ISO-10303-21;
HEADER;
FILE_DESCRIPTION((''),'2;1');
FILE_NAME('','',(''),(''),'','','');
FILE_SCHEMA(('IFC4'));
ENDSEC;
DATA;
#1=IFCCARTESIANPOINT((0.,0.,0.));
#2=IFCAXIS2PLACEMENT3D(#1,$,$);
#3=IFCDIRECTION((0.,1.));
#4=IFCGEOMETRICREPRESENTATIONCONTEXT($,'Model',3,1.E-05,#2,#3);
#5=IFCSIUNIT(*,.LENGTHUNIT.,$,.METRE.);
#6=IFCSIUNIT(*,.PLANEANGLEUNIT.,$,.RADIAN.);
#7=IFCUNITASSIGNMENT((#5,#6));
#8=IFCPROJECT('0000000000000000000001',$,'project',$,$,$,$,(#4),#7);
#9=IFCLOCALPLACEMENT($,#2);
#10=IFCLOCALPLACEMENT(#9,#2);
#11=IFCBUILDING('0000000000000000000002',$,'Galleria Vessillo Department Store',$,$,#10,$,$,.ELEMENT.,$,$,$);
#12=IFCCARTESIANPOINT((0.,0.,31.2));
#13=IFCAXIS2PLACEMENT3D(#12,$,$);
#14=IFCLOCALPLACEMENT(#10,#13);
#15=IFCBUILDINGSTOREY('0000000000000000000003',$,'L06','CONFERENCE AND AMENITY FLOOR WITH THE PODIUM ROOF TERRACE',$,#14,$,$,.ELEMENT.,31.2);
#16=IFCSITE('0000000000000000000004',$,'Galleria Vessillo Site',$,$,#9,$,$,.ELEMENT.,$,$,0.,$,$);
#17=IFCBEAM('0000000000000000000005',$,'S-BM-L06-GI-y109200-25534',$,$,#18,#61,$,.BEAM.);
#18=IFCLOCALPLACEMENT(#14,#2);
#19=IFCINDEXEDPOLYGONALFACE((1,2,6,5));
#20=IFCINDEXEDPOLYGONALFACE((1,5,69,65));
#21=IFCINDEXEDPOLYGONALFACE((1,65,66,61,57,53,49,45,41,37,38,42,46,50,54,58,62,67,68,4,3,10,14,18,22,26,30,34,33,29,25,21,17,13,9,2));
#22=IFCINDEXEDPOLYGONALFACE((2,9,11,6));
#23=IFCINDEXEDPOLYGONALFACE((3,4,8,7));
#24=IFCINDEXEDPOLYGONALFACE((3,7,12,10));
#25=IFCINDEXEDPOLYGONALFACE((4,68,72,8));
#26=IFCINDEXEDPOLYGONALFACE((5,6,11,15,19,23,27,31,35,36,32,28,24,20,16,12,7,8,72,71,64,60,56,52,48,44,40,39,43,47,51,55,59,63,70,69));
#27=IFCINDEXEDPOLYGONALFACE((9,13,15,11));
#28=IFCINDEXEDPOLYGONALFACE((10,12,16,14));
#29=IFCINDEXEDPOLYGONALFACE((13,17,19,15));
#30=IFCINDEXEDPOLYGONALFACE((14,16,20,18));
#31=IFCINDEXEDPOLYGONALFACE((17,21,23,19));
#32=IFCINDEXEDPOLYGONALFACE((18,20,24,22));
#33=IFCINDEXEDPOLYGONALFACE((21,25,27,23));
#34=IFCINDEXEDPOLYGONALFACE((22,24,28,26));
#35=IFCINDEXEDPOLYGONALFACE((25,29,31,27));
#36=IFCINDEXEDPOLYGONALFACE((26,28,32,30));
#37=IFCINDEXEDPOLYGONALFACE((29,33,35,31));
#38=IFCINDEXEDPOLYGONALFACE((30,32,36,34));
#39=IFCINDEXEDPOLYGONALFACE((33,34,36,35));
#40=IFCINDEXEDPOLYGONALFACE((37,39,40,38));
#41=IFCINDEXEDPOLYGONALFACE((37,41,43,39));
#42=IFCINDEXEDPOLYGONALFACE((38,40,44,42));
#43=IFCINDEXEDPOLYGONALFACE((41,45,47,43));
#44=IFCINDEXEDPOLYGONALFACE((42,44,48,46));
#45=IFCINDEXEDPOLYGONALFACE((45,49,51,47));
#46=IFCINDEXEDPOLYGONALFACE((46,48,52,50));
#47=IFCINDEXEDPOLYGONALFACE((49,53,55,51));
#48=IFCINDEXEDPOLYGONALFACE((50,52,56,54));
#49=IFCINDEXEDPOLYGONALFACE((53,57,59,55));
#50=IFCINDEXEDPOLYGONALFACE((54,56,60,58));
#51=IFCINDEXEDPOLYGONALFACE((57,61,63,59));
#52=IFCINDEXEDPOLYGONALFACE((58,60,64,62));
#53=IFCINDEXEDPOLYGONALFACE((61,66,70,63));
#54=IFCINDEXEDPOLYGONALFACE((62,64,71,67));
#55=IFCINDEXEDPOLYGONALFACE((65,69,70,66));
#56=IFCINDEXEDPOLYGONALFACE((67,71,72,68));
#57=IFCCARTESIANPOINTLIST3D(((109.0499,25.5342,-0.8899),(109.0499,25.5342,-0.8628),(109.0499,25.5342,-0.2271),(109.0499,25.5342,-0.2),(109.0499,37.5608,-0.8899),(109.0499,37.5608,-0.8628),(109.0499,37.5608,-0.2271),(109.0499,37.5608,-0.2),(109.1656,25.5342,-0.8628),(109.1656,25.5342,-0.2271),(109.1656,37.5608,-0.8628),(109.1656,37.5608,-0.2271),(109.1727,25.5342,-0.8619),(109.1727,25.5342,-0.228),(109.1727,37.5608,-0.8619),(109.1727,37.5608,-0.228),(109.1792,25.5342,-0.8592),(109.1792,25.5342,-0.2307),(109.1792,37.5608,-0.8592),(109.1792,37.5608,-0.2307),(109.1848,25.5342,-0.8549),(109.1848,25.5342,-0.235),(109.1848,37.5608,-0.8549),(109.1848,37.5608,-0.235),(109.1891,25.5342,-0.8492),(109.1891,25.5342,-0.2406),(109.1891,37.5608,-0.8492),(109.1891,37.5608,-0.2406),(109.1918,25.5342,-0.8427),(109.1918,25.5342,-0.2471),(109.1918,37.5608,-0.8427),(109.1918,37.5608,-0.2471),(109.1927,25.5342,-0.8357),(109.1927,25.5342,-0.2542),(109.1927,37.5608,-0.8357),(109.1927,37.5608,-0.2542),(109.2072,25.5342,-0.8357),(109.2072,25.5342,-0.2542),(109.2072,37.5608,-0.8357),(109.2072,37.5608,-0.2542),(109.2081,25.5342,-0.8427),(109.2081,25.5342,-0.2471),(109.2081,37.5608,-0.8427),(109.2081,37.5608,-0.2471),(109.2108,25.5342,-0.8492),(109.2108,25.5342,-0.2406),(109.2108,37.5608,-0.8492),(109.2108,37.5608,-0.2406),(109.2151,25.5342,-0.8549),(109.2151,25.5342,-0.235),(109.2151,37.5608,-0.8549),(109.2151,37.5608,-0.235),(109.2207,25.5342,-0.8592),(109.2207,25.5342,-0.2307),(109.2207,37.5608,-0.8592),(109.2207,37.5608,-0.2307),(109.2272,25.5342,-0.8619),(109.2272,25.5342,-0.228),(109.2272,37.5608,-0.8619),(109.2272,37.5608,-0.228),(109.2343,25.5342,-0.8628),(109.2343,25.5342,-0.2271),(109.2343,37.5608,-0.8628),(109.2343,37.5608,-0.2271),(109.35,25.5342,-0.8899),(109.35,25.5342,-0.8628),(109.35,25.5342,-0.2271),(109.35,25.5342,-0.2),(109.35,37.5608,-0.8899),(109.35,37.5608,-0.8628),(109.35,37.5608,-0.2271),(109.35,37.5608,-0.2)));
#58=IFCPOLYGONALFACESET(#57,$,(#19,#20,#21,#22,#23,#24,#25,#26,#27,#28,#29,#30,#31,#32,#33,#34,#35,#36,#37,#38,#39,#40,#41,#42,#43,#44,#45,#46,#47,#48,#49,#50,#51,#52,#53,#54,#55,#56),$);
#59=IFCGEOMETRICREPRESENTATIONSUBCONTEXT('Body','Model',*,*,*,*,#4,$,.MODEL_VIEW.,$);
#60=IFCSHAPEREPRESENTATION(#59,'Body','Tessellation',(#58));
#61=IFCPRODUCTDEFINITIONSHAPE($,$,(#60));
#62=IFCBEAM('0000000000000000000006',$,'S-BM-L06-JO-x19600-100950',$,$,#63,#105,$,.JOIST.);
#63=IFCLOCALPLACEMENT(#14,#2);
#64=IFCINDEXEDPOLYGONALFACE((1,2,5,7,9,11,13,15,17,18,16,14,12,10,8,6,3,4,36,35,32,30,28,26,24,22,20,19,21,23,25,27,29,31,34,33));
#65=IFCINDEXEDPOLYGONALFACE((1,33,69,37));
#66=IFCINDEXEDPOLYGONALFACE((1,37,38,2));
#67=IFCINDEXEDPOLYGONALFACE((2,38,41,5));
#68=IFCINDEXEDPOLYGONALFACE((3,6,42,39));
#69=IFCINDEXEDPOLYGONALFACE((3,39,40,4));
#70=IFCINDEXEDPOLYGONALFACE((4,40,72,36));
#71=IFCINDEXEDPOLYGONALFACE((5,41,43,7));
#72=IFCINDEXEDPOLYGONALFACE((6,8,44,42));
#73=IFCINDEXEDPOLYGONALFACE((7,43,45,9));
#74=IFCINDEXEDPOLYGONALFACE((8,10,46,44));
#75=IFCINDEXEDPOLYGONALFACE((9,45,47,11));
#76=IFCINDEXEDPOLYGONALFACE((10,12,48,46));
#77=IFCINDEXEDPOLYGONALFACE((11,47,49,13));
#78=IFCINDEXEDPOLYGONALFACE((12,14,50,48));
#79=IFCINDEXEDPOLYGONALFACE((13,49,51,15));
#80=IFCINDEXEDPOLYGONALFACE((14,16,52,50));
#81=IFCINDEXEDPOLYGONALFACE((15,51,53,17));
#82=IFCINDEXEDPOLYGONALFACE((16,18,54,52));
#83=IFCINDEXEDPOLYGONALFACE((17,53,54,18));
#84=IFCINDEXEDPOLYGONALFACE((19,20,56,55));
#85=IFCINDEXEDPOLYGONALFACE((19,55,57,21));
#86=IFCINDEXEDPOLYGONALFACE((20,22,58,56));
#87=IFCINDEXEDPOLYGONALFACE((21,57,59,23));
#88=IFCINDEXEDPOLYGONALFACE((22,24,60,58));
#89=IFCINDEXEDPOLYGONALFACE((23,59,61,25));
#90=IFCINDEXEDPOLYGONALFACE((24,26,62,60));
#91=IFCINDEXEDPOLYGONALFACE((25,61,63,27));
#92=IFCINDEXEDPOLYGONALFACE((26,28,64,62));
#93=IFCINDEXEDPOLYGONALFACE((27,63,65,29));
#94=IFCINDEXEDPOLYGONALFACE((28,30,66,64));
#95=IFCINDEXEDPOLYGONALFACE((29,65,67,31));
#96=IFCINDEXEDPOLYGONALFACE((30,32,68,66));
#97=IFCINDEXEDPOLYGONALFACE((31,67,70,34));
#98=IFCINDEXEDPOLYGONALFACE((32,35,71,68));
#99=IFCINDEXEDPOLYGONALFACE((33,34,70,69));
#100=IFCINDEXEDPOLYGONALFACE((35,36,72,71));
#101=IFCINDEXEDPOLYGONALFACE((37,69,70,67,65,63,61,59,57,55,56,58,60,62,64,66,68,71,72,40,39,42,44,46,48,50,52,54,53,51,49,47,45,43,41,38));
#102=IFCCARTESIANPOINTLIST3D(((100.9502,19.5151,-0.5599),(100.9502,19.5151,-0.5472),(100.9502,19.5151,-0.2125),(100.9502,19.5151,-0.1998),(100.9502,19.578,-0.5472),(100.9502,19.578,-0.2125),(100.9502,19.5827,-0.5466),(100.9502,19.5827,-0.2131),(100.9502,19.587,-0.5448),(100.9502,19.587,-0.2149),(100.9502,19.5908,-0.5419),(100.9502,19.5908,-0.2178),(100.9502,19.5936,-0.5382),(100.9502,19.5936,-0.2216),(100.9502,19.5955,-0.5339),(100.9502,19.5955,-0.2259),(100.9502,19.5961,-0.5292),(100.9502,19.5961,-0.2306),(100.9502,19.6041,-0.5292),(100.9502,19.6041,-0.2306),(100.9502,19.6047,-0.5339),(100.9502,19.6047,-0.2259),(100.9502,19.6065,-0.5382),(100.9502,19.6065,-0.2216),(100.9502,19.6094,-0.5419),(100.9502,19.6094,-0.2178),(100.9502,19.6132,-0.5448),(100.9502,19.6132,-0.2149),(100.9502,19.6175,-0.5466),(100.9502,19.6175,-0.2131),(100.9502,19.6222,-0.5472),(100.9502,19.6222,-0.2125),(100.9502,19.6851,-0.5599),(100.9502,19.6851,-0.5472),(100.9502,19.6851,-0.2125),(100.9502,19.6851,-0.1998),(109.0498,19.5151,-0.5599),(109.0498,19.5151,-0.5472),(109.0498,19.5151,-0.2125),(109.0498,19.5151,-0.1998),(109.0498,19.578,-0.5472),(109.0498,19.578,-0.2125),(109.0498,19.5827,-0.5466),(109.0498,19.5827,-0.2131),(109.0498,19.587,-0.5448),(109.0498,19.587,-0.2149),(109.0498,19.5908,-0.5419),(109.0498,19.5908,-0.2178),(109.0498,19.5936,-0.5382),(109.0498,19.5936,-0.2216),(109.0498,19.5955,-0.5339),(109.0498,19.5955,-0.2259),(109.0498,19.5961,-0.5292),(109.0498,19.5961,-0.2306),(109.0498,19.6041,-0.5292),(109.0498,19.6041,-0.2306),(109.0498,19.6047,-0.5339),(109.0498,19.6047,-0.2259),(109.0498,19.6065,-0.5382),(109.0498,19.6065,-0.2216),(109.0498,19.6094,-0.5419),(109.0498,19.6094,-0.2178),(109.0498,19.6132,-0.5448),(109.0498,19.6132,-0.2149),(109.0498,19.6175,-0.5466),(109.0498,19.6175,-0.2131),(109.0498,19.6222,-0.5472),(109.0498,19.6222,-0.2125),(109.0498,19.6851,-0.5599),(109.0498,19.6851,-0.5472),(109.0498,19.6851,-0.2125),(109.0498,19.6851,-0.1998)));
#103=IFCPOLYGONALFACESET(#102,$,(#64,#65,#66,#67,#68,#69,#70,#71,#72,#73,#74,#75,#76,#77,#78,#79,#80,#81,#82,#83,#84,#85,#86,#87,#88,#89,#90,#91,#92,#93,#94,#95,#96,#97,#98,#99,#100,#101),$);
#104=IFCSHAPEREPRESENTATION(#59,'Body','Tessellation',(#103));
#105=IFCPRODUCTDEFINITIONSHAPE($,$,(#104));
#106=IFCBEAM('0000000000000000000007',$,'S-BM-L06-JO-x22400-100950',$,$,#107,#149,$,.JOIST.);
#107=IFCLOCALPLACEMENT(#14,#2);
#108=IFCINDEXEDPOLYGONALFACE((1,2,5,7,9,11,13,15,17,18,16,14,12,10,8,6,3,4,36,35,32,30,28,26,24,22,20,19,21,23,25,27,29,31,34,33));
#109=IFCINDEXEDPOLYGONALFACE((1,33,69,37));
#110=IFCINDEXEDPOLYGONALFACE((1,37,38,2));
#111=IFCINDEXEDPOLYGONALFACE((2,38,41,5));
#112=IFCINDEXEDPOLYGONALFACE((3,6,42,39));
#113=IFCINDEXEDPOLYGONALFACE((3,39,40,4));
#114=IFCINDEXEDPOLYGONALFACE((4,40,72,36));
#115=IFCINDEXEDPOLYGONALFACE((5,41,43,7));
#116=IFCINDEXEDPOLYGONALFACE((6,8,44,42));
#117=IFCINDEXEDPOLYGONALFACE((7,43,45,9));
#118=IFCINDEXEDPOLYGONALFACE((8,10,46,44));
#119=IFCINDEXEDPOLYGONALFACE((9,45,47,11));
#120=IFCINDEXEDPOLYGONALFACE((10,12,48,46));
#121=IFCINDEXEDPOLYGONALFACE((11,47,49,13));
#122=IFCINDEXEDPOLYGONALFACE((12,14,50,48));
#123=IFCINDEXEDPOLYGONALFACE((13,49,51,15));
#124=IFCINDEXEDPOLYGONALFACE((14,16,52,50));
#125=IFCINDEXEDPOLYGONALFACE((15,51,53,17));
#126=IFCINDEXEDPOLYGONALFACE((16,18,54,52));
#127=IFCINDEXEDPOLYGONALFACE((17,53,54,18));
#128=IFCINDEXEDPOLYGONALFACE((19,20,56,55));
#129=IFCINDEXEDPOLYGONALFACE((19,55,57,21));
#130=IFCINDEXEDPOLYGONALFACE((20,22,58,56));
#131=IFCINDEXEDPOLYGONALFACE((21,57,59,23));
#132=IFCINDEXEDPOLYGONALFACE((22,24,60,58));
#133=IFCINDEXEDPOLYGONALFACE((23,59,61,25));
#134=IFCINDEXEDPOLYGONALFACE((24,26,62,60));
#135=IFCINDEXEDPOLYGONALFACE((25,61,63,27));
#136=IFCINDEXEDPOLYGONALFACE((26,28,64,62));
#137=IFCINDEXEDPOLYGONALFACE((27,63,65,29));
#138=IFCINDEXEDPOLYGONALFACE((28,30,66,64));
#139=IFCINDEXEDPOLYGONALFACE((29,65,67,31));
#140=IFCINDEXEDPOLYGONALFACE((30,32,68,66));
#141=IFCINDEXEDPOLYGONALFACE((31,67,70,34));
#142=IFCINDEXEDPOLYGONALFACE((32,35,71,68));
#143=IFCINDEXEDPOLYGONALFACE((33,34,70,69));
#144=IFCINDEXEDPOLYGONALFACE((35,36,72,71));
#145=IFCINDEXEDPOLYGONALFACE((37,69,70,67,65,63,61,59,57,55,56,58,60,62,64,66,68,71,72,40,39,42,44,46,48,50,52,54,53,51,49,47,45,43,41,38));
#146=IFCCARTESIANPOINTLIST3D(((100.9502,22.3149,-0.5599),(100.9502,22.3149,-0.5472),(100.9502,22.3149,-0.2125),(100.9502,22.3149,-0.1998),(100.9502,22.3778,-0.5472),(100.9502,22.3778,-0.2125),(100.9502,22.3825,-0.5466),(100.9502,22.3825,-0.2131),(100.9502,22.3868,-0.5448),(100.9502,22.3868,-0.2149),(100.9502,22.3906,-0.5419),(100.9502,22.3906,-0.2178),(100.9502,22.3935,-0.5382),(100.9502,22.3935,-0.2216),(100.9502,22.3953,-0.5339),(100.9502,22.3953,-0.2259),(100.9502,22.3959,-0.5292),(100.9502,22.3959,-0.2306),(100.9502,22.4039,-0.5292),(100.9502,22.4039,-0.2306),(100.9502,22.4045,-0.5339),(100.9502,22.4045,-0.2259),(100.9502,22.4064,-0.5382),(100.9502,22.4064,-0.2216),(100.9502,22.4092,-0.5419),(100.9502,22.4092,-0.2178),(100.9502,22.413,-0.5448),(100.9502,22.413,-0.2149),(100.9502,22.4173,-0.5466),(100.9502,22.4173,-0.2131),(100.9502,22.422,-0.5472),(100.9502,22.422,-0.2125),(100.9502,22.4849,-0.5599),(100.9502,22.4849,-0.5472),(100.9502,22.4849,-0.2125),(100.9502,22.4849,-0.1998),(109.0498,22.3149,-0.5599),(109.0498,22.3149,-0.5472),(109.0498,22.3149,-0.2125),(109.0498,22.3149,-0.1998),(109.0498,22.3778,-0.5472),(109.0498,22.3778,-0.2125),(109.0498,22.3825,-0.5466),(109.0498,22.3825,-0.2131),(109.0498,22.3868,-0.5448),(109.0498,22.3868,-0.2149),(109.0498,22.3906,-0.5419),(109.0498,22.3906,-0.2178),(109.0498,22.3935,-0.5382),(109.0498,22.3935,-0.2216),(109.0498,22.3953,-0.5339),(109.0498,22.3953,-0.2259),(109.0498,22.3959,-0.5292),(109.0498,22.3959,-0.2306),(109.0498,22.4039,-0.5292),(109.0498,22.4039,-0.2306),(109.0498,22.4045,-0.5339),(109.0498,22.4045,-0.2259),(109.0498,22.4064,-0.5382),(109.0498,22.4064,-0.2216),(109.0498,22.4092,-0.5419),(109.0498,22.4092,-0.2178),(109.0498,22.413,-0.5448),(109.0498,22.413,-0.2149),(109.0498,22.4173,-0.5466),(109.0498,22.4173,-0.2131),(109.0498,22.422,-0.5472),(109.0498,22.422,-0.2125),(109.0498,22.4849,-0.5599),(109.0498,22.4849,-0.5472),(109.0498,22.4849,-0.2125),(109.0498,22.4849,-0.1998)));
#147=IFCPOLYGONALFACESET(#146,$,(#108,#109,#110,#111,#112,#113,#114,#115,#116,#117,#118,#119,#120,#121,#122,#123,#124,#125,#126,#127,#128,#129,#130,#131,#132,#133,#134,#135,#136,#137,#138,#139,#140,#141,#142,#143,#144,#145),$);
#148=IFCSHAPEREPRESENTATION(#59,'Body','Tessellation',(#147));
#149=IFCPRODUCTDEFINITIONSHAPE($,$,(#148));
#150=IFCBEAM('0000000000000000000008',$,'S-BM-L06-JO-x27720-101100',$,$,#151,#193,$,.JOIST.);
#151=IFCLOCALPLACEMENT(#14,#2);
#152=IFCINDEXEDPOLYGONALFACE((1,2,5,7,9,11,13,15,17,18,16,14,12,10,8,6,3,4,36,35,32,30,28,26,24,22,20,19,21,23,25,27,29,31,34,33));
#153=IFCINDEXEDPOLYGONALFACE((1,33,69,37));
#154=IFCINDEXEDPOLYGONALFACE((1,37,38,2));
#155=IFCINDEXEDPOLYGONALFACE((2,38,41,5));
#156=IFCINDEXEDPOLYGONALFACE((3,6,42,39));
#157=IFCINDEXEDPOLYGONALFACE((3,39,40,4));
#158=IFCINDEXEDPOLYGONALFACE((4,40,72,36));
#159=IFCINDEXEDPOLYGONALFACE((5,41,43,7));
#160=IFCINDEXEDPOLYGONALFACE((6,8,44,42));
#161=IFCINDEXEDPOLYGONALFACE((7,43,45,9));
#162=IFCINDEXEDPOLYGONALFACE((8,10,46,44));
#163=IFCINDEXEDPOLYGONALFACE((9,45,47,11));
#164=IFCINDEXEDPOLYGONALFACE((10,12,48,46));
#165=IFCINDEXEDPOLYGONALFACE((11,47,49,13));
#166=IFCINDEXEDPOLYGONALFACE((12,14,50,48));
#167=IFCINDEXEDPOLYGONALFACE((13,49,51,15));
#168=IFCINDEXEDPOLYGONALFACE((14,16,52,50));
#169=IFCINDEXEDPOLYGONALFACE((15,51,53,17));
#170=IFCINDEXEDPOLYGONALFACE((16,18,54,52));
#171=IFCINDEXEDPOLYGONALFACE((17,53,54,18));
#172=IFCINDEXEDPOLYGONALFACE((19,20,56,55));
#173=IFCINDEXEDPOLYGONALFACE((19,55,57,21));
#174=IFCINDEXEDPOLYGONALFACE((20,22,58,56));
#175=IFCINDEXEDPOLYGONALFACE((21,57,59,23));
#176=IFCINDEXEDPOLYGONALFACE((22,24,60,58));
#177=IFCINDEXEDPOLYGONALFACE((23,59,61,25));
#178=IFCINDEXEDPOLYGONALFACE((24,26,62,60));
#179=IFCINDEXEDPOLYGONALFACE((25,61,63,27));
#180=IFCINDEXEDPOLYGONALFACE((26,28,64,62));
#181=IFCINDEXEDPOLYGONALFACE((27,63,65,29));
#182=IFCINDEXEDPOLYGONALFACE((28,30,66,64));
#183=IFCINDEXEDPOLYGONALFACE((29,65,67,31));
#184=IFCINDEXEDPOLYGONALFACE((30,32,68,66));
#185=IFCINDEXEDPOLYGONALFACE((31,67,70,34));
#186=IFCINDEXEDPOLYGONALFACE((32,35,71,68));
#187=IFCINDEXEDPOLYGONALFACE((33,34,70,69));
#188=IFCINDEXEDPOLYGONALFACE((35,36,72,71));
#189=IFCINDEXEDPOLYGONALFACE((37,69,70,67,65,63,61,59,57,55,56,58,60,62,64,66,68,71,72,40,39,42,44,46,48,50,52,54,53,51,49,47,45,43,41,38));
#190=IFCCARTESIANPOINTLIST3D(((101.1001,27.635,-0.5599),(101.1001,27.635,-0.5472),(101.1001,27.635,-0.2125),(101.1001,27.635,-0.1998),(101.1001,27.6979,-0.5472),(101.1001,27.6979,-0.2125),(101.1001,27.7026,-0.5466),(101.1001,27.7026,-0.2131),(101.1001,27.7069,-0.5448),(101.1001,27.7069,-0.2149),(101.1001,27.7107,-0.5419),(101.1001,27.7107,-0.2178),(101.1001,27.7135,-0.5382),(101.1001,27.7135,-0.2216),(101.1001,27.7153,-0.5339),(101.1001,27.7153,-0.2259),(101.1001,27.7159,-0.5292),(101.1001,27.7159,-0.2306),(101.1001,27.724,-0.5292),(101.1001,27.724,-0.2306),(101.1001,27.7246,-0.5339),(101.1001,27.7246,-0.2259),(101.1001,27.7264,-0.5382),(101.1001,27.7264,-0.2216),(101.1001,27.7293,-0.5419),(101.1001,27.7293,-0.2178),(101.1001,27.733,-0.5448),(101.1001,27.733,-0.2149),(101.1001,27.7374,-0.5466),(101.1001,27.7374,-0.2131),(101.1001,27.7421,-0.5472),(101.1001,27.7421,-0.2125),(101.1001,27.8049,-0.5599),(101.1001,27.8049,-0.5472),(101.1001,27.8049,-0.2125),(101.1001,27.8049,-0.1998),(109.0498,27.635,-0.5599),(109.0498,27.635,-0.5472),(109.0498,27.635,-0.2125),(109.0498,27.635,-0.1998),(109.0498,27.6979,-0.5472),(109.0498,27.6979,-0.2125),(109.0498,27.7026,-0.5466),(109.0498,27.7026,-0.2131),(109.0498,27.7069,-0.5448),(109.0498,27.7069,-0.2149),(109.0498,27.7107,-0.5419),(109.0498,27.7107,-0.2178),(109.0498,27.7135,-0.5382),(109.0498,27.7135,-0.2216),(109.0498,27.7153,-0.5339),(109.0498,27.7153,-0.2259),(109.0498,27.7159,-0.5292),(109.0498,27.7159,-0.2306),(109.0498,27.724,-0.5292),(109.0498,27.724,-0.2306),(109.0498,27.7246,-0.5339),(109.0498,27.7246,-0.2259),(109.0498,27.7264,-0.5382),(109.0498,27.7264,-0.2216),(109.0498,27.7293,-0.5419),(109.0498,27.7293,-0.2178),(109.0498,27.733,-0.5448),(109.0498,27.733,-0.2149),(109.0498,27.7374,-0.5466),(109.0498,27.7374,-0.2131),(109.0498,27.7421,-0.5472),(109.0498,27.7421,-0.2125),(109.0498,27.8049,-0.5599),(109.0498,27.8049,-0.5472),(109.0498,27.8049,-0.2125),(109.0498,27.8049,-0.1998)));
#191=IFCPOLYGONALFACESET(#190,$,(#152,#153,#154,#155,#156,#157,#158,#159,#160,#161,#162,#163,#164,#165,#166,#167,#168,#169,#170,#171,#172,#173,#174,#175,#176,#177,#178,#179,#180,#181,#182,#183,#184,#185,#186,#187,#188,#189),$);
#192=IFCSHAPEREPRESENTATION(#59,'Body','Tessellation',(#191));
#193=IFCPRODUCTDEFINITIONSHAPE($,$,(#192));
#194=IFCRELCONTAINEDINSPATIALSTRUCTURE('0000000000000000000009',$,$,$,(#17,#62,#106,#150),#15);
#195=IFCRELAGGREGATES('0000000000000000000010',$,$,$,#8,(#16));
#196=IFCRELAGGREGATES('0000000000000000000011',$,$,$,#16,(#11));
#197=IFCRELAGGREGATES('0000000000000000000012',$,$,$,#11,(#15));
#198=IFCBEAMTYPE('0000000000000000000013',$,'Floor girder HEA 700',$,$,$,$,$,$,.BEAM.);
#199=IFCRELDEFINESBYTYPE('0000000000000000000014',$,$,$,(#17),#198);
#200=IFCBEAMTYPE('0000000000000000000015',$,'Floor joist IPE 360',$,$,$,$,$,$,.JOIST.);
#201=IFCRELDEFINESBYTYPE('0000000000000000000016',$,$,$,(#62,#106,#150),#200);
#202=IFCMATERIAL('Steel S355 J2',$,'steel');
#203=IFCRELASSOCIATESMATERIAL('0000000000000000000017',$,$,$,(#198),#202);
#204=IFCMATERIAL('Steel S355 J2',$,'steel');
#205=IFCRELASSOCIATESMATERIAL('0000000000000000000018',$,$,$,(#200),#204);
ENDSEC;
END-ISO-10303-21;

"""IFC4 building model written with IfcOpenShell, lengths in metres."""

from ifc_helpers import new_model, si_unit, direction, frame, origin, origin_2d, place, context, subcontext, project, spatial, i_section, extrude, material, material_profile, profile_set, type_object, element, save


model = new_model("IFC4")

# Units and contexts
model_context = context("Model", 3, precision=1e-05, world=origin(), true_north=direction((0.0, 1.0)))
body_context = subcontext(model_context, "Body", "Model", "MODEL_VIEW")
ifc_project = project(units=[si_unit("LENGTHUNIT", "METRE"), si_unit("PLANEANGLEUNIT", "RADIAN")], contexts=[model_context])

# Site, building, storey
site_placement = place(None, origin())
site = spatial("IfcSite", under=ifc_project, at=site_placement, Name="Galleria Vessillo Site", CompositionType="ELEMENT", RefElevation=0.0)
building_placement = place(site_placement, origin())
building = spatial("IfcBuilding", under=site, at=building_placement, Name="Galleria Vessillo Department Store", CompositionType="ELEMENT")
storey_placement = place(building_placement, frame((0.0, 0.0, 31.2)))
storey = spatial("IfcBuildingStorey", under=building, at=storey_placement, Name="L06", Description="CONFERENCE AND AMENITY FLOOR WITH THE PODIUM ROOF TERRACE", CompositionType="ELEMENT", Elevation=31.2)

# Beams
ifc_material_1 = material(Name="Steel S355 J2", Category="steel")
ifc_material_profile_1 = material_profile(ifc_material_1, i_section(OverallWidth=0.3, OverallDepth=0.6899, WebThickness=0.0144, FlangeThickness=0.0271, FilletRadius=0.0271, at=origin_2d()), Name="HEA 700")
ifc_profile_set_1 = profile_set([ifc_material_profile_1], Name="Steel S355 J2")
beam_type_1 = type_object("IfcBeamType", Name="Floor girder HEA 700", PredefinedType="BEAM", material=ifc_profile_set_1)
beam_1_placement = place(storey_placement, frame((109.2, 25.5342, -0.5449), z_axis=(0.0, 1.0, 0.0), x_axis=(-1.0, 0.0, 0.0)))
element("IfcBeam", 1, at=beam_1_placement, inside=storey, type_object=beam_type_1, Name="S-BM-L06-GI-y109200-25534", PredefinedType="BEAM", context=body_context, shape_type="SweptSolid", body=[
    extrude(i_section(OverallWidth=0.3, OverallDepth=0.6899, WebThickness=0.0144, FlangeThickness=0.0271, FilletRadius=0.0271, at=origin_2d()), origin(), (0.0, 0.0, 1.0), 12.0266),
])
ifc_material_2 = material(Name="Steel S355 J2", Category="steel")
ifc_material_profile_2 = material_profile(ifc_material_2, i_section(OverallWidth=0.1699, OverallDepth=0.3601, WebThickness=0.0081, FlangeThickness=0.0127, FilletRadius=0.0181, at=origin_2d()), Name="IPE 360")
ifc_profile_set_2 = profile_set([ifc_material_profile_2], Name="Steel S355 J2")
beam_type_2 = type_object("IfcBeamType", Name="Floor joist IPE 360", PredefinedType="JOIST", material=ifc_profile_set_2)
for number, where, z_axis, x_axis, name in (
    (2, (100.9502, 19.6001, -0.3799), (1.0, 0.0, 0.0), (0.0, 1.0, 0.0), "S-BM-L06-JO-x19600-100950"),
    (3, (100.9502, 22.3999, -0.3799), (1.0, 0.0, 0.0), (0.0, 1.0, 0.0), "S-BM-L06-JO-x22400-100950"),
):
    element("IfcBeam", number, at=place(storey_placement, frame(where, z_axis=z_axis, x_axis=x_axis)), inside=storey, type_object=beam_type_2, Name=name, PredefinedType="JOIST", context=body_context, shape_type="SweptSolid", body=[
        extrude(i_section(OverallWidth=0.1699, OverallDepth=0.3601, WebThickness=0.0081, FlangeThickness=0.0127, FilletRadius=0.0181, at=origin_2d()), origin(), (0.0, 0.0, 1.0), 8.0996),
    ])
for number, where, z_axis, x_axis, name in (
    (4, (101.1001, 27.72, -0.3799), (1.0, 0.0, 0.0), (0.0, 1.0, 0.0), "S-BM-L06-JO-x27720-101100"),
):
    element("IfcBeam", number, at=place(storey_placement, frame(where, z_axis=z_axis, x_axis=x_axis)), inside=storey, type_object=beam_type_2, Name=name, PredefinedType="JOIST", context=body_context, shape_type="SweptSolid", body=[
        extrude(i_section(OverallWidth=0.1699, OverallDepth=0.3601, WebThickness=0.0081, FlangeThickness=0.0127, FilletRadius=0.0181, at=origin_2d()), origin(), (0.0, 0.0, 1.0), 7.9497),
    ])

save(model, "model.ifc")
